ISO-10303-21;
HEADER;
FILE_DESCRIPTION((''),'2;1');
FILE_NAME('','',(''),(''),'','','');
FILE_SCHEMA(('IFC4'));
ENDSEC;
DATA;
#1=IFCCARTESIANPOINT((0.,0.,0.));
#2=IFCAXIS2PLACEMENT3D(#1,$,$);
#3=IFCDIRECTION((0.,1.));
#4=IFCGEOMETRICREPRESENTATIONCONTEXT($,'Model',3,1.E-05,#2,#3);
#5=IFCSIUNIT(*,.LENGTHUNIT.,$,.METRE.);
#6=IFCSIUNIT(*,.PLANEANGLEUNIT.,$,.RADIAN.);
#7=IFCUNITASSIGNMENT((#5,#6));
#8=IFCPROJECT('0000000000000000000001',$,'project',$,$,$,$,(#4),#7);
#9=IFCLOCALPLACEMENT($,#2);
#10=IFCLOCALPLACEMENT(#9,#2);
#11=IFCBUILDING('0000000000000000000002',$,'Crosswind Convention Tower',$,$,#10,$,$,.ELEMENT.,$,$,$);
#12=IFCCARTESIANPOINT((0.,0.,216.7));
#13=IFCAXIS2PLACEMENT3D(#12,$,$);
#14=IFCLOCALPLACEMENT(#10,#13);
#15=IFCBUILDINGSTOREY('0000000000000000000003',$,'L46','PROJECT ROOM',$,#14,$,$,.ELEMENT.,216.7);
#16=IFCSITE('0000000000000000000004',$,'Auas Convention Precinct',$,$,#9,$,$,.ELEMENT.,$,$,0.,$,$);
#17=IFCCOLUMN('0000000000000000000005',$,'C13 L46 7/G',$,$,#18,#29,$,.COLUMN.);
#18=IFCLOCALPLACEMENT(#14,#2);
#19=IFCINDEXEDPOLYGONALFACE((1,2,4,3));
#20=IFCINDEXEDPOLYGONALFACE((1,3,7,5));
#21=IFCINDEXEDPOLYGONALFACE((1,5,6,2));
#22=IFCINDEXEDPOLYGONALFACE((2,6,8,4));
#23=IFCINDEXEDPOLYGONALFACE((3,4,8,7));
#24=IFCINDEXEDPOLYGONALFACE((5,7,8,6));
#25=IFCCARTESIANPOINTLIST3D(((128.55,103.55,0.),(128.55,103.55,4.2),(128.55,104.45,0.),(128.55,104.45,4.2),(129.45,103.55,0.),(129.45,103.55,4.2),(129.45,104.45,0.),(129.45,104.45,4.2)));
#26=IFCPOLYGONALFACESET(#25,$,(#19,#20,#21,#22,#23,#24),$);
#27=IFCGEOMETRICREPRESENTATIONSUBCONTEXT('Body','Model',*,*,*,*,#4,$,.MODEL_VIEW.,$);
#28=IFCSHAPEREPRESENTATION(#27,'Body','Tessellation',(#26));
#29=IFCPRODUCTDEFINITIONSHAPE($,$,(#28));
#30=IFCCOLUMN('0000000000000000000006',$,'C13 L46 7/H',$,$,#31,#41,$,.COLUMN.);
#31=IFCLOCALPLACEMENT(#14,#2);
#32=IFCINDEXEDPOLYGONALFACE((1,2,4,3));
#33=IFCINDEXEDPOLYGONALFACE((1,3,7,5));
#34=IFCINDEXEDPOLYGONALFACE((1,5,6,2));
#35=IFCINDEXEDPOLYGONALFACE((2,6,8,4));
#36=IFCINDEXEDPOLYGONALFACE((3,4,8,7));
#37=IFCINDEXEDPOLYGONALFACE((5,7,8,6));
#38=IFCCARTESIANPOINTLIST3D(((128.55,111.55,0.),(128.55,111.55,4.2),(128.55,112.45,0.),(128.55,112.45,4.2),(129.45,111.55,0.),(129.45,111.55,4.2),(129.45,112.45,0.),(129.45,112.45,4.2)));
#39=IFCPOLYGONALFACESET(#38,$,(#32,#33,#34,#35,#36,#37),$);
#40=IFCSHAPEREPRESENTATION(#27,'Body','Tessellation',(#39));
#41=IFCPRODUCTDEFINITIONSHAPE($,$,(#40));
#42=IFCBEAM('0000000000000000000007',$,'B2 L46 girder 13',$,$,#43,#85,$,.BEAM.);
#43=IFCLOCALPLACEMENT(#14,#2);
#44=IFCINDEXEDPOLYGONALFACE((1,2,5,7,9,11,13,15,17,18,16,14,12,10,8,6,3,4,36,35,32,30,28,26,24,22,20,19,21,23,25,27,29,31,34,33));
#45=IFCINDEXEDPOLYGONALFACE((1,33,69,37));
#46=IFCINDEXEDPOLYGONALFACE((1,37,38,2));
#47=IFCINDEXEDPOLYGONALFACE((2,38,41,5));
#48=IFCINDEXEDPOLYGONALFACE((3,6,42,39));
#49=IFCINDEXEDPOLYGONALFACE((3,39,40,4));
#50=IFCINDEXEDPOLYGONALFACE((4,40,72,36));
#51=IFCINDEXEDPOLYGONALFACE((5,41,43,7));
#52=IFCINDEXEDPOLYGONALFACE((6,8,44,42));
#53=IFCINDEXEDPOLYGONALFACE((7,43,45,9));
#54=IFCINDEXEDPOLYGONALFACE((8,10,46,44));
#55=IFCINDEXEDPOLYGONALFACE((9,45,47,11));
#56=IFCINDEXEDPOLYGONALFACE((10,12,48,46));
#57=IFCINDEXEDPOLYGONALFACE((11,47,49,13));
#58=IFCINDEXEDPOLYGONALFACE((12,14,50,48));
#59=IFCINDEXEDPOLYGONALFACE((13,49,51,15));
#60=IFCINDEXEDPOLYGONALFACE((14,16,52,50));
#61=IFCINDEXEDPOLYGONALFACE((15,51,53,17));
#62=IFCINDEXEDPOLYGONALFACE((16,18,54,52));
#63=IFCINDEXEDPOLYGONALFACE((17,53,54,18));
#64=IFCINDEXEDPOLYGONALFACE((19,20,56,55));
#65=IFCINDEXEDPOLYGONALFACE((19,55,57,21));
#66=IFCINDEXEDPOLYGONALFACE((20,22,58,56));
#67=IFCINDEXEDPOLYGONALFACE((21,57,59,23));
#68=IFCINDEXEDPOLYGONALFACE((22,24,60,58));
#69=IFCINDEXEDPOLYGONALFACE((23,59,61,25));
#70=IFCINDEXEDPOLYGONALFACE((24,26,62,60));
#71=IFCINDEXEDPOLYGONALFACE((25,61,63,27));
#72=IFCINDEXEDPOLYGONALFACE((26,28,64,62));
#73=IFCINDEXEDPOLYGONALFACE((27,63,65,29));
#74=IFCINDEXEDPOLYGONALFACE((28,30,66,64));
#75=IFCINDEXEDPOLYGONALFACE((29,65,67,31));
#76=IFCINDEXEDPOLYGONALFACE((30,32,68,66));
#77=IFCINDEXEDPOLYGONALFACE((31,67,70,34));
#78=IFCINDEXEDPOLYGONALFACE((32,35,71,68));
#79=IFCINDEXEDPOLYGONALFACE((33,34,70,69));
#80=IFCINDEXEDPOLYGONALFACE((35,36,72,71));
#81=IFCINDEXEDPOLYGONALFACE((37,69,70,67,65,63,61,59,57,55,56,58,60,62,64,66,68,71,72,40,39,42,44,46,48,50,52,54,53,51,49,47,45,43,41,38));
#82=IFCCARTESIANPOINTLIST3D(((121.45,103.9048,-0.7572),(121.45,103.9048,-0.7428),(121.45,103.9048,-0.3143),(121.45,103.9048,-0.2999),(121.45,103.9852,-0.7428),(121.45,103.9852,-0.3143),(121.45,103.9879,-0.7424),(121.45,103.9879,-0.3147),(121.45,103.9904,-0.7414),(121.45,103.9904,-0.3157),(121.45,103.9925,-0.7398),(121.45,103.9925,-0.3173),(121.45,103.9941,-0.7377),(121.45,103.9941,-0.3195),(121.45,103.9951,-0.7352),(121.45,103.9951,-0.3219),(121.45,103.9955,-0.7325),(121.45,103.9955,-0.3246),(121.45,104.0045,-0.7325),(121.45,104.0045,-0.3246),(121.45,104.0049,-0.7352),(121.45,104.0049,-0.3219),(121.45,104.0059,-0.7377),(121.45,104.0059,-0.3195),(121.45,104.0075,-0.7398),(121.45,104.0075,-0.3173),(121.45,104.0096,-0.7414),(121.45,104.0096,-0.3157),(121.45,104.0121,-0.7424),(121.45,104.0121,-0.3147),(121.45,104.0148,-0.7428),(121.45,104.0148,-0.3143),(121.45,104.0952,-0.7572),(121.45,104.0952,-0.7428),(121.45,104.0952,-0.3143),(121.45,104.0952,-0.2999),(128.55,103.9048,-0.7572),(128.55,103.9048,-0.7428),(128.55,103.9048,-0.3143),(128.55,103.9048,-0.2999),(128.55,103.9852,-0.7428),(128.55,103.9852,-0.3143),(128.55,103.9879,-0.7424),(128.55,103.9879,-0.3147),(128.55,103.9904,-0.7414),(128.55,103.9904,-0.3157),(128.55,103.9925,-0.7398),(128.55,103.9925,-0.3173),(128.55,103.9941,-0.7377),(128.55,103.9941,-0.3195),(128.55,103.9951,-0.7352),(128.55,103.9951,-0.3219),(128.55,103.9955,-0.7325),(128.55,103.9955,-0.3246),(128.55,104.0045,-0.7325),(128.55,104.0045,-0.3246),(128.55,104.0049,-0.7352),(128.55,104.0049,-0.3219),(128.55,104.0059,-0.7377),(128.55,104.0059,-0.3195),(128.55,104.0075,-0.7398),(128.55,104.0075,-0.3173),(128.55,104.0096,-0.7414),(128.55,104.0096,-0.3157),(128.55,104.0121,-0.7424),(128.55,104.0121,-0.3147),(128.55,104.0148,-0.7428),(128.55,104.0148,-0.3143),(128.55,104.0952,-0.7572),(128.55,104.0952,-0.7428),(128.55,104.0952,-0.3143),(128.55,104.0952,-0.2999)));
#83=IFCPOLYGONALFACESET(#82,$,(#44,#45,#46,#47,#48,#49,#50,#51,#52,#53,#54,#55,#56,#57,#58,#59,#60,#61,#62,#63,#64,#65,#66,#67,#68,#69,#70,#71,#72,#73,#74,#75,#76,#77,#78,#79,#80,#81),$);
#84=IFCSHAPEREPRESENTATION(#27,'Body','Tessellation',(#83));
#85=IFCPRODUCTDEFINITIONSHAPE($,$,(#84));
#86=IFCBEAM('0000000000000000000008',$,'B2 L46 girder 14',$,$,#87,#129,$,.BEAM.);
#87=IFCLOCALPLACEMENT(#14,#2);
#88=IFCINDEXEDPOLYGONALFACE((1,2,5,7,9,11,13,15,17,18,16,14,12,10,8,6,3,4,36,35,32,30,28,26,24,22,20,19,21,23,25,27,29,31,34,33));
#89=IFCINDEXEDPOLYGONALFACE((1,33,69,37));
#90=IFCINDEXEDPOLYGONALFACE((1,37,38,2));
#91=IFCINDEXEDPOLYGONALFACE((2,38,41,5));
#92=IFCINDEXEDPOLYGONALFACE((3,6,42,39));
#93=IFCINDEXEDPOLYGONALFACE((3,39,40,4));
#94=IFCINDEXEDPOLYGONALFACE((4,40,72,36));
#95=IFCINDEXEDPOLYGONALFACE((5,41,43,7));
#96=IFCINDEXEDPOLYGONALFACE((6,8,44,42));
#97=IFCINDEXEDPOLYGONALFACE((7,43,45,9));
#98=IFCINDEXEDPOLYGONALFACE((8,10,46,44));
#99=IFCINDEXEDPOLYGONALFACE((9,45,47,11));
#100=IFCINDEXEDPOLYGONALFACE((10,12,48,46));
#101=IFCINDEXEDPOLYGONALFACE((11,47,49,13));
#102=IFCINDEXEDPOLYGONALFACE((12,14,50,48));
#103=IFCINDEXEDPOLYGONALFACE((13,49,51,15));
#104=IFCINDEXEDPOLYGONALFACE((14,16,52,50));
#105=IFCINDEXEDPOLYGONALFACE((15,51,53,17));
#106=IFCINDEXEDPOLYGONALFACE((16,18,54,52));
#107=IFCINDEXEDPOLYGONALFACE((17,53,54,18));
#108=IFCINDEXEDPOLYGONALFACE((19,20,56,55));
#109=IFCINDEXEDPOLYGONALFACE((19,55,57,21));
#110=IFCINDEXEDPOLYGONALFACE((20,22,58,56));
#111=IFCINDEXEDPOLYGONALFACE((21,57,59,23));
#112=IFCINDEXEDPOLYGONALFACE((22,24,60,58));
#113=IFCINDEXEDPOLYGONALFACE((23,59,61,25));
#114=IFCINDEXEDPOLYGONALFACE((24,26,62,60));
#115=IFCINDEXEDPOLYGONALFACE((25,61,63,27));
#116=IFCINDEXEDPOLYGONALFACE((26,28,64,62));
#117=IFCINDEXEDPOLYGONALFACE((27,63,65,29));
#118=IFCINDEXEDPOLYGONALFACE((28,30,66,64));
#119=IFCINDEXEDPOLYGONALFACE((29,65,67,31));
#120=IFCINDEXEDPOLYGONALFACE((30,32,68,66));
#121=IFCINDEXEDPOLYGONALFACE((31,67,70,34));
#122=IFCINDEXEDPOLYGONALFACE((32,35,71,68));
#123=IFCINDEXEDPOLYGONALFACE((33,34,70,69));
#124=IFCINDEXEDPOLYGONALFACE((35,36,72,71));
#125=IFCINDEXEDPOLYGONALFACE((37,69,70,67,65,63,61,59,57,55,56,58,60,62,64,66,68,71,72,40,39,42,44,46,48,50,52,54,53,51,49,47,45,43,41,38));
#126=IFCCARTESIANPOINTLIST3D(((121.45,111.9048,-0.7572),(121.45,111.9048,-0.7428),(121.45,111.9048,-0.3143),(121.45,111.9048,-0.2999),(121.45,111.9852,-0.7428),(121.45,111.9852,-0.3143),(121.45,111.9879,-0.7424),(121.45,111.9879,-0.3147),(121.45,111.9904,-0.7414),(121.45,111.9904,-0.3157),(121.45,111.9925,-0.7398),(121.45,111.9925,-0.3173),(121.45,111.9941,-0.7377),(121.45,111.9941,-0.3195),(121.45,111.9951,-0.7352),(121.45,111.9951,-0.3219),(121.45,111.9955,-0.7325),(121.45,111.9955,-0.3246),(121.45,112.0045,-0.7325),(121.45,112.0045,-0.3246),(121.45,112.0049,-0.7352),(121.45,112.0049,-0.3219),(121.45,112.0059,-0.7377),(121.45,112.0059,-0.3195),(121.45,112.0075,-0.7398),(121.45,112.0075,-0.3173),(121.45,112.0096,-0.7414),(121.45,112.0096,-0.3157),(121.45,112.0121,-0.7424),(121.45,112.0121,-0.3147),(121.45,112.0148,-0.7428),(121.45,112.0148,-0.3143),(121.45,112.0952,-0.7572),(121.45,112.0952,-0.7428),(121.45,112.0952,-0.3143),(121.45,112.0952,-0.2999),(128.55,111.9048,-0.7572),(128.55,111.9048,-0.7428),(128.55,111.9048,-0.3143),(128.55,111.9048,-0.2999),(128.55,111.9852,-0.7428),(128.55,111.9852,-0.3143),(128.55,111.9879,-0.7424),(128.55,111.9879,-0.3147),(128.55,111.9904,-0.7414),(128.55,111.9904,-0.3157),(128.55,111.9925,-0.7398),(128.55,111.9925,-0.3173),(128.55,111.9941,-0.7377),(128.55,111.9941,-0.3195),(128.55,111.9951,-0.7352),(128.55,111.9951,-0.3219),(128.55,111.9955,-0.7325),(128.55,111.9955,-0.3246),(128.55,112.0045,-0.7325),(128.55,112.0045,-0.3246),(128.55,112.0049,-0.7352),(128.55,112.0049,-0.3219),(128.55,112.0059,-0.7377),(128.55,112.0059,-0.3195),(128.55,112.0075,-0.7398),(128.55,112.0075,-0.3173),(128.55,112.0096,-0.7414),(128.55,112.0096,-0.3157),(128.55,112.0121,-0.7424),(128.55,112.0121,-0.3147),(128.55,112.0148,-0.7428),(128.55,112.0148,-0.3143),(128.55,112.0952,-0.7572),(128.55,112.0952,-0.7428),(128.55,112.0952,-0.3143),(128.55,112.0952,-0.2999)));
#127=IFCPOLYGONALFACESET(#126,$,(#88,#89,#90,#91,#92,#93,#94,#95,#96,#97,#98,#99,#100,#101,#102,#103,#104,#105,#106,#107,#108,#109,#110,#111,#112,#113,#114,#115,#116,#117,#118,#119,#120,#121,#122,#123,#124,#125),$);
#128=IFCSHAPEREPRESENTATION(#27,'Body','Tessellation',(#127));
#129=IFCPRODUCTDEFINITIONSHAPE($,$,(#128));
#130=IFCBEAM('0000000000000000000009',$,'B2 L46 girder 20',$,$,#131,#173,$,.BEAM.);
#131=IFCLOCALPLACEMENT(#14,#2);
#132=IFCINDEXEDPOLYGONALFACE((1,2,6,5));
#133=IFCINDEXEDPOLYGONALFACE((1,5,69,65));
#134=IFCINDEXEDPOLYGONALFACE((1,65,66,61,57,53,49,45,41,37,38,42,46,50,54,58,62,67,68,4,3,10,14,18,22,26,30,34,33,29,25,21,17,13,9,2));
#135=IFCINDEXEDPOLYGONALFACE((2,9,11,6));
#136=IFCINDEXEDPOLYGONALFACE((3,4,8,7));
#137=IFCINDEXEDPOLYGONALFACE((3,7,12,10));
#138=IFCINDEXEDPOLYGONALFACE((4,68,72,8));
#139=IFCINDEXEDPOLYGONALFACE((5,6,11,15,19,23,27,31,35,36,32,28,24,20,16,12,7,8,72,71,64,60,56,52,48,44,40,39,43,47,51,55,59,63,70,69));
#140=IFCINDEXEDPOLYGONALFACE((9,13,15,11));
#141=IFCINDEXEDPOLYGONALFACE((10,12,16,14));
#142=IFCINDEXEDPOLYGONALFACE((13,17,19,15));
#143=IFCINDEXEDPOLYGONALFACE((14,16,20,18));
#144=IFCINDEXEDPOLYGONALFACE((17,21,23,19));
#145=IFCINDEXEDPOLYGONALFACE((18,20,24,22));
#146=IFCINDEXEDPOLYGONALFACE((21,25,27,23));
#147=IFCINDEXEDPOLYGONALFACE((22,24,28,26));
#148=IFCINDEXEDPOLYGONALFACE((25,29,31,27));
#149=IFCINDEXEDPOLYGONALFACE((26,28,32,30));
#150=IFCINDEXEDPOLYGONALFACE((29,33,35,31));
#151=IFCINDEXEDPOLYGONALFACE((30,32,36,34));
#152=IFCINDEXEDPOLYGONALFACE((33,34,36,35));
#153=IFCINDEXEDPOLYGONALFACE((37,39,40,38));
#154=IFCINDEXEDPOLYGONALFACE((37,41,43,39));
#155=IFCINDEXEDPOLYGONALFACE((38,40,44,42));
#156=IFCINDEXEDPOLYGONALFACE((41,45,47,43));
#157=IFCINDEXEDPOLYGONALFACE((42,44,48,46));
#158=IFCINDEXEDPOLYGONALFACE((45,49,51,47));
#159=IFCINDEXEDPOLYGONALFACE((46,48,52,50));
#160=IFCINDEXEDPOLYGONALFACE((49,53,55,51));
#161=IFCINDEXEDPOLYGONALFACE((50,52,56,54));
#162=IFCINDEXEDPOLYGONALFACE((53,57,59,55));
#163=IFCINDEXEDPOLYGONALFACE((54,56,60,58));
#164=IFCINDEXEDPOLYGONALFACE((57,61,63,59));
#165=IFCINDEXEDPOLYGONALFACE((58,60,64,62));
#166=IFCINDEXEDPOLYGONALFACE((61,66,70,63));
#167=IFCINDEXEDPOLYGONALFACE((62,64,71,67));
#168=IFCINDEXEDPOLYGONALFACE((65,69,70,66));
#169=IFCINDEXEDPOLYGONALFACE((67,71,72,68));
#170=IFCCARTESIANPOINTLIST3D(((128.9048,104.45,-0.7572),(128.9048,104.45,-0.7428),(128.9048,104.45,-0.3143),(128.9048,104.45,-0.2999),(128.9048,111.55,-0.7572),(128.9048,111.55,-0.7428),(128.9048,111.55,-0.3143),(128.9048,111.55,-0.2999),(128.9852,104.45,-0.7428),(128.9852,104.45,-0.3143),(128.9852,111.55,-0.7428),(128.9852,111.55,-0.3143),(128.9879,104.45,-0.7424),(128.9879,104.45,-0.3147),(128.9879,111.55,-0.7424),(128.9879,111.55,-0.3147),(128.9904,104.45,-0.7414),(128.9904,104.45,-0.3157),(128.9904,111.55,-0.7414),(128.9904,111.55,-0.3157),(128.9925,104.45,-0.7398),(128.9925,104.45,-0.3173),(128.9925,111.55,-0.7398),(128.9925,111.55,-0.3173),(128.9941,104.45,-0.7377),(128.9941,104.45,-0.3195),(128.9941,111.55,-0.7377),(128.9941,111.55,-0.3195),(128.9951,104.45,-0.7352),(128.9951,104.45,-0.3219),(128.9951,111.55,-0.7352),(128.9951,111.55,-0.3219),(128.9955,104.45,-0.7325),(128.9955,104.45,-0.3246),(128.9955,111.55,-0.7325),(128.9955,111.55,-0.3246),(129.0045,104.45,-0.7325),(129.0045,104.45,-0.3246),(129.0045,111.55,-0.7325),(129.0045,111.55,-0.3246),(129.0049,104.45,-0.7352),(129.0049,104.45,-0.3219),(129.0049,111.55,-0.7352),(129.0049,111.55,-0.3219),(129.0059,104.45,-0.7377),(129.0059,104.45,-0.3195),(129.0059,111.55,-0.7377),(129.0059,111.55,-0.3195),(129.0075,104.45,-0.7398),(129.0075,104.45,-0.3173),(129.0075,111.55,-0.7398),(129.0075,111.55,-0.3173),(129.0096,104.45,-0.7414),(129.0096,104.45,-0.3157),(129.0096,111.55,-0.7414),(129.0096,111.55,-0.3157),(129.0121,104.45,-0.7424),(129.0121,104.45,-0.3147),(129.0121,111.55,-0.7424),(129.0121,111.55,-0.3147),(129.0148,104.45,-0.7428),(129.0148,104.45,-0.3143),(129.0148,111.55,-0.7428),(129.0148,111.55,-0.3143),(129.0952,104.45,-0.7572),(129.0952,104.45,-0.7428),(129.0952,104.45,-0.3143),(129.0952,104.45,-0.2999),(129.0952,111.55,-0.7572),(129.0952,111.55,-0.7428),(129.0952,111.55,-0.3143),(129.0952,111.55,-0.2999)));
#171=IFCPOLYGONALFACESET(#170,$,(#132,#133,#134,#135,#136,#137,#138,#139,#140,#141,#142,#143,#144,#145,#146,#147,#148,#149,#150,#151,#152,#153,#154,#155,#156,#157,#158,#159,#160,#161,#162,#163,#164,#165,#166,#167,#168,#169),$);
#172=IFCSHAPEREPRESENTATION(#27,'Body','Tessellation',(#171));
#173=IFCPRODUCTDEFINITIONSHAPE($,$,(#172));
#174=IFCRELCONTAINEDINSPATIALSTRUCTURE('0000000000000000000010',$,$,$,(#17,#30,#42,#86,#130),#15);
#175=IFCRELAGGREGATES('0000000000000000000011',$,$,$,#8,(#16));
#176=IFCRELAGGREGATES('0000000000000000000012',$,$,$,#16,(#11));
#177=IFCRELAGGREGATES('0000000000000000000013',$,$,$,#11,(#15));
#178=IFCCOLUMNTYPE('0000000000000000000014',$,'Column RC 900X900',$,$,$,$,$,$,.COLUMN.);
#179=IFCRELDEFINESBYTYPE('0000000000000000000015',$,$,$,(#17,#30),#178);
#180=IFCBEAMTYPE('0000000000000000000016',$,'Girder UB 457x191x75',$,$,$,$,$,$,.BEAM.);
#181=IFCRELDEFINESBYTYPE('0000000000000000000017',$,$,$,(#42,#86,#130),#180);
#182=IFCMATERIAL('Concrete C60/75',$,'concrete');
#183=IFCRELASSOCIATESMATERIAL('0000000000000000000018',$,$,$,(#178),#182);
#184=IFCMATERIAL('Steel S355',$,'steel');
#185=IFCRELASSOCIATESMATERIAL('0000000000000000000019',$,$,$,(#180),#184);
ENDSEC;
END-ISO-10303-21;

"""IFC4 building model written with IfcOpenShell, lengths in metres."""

from ifc_helpers import new_model, si_unit, direction, frame, origin, origin_2d, place, context, subcontext, project, spatial, rectangle, i_section, extrude, material, material_profile, profile_set, type_object, element, save


model = new_model("IFC4")

# Units and contexts
model_context = context("Model", 3, precision=1e-05, world=origin(), true_north=direction((0.0, 1.0)))
body_context = subcontext(model_context, "Body", "Model", "MODEL_VIEW")
ifc_project = project(units=[si_unit("LENGTHUNIT", "METRE"), si_unit("PLANEANGLEUNIT", "RADIAN")], contexts=[model_context])

# Site, building, storey
site_placement = place(None, origin())
site = spatial("IfcSite", under=ifc_project, at=site_placement, Name="Auas Convention Precinct", CompositionType="ELEMENT", RefElevation=0.0)
building_placement = place(site_placement, origin())
building = spatial("IfcBuilding", under=site, at=building_placement, Name="Crosswind Convention Tower", CompositionType="ELEMENT")
storey_placement = place(building_placement, frame((0.0, 0.0, 216.7)))
storey = spatial("IfcBuildingStorey", under=building, at=storey_placement, Name="L46", Description="PROJECT ROOM", CompositionType="ELEMENT", Elevation=216.7)

# Columns
ifc_material_1 = material(Name="Concrete C60/75", Category="concrete")
ifc_material_profile_1 = material_profile(ifc_material_1, rectangle(XDim=0.8999, YDim=0.8999, at=origin_2d()), Name="RC 900X900")
ifc_profile_set_1 = profile_set([ifc_material_profile_1], Name="Concrete C60/75")
column_type = type_object("IfcColumnType", Name="Column RC 900X900", PredefinedType="COLUMN", material=ifc_profile_set_1)
for number, where, z_axis, x_axis, name in (
    (1, (129.0, 104.0, 0.0), (0.0, 0.0, 1.0), (1.0, 0.0, 0.0), "C13 L46 7/G"),
    (2, (129.0, 112.0, 0.0), (0.0, 0.0, 1.0), (1.0, 0.0, 0.0), "C13 L46 7/H"),
):
    element("IfcColumn", number, at=place(storey_placement, frame(where, z_axis=z_axis, x_axis=x_axis)), inside=storey, type_object=column_type, Name=name, PredefinedType="COLUMN", context=body_context, shape_type="SweptSolid", body=[
        extrude(rectangle(XDim=0.8999, YDim=0.8999, at=origin_2d()), origin(), (0.0, 0.0, 1.0), 4.2),
    ])

# Beams
ifc_material_2 = material(Name="Steel S355", Category="steel")
ifc_material_profile_2 = material_profile(ifc_material_2, i_section(OverallWidth=0.1904, OverallDepth=0.4573, WebThickness=0.009, FlangeThickness=0.0144, FilletRadius=0.0103, at=origin_2d()), Name="UB 457x191x75")
ifc_profile_set_2 = profile_set([ifc_material_profile_2], Name="Steel S355")
beam_type_1 = type_object("IfcBeamType", Name="Girder UB 457x191x75", PredefinedType="BEAM", material=ifc_profile_set_2)
for number, where, z_axis, x_axis, name in (
    (3, (121.45, 104.0, -0.5286), (1.0, 0.0, 0.0), (0.0, 1.0, 0.0), "B2 L46 girder 13"),
    (4, (121.45, 112.0, -0.5286), (1.0, 0.0, 0.0), (0.0, 1.0, 0.0), "B2 L46 girder 14"),
    (5, (129.0, 104.45, -0.5286), (0.0, 1.0, 0.0), (-1.0, 0.0, 0.0), "B2 L46 girder 20"),
):
    element("IfcBeam", number, at=place(storey_placement, frame(where, z_axis=z_axis, x_axis=x_axis)), inside=storey, type_object=beam_type_1, Name=name, PredefinedType="BEAM", context=body_context, shape_type="SweptSolid", body=[
        extrude(i_section(OverallWidth=0.1904, OverallDepth=0.4573, WebThickness=0.009, FlangeThickness=0.0144, FilletRadius=0.0103, at=origin_2d()), origin(), (0.0, 0.0, 1.0), 7.1001),
    ])

save(model, "model.ifc")
